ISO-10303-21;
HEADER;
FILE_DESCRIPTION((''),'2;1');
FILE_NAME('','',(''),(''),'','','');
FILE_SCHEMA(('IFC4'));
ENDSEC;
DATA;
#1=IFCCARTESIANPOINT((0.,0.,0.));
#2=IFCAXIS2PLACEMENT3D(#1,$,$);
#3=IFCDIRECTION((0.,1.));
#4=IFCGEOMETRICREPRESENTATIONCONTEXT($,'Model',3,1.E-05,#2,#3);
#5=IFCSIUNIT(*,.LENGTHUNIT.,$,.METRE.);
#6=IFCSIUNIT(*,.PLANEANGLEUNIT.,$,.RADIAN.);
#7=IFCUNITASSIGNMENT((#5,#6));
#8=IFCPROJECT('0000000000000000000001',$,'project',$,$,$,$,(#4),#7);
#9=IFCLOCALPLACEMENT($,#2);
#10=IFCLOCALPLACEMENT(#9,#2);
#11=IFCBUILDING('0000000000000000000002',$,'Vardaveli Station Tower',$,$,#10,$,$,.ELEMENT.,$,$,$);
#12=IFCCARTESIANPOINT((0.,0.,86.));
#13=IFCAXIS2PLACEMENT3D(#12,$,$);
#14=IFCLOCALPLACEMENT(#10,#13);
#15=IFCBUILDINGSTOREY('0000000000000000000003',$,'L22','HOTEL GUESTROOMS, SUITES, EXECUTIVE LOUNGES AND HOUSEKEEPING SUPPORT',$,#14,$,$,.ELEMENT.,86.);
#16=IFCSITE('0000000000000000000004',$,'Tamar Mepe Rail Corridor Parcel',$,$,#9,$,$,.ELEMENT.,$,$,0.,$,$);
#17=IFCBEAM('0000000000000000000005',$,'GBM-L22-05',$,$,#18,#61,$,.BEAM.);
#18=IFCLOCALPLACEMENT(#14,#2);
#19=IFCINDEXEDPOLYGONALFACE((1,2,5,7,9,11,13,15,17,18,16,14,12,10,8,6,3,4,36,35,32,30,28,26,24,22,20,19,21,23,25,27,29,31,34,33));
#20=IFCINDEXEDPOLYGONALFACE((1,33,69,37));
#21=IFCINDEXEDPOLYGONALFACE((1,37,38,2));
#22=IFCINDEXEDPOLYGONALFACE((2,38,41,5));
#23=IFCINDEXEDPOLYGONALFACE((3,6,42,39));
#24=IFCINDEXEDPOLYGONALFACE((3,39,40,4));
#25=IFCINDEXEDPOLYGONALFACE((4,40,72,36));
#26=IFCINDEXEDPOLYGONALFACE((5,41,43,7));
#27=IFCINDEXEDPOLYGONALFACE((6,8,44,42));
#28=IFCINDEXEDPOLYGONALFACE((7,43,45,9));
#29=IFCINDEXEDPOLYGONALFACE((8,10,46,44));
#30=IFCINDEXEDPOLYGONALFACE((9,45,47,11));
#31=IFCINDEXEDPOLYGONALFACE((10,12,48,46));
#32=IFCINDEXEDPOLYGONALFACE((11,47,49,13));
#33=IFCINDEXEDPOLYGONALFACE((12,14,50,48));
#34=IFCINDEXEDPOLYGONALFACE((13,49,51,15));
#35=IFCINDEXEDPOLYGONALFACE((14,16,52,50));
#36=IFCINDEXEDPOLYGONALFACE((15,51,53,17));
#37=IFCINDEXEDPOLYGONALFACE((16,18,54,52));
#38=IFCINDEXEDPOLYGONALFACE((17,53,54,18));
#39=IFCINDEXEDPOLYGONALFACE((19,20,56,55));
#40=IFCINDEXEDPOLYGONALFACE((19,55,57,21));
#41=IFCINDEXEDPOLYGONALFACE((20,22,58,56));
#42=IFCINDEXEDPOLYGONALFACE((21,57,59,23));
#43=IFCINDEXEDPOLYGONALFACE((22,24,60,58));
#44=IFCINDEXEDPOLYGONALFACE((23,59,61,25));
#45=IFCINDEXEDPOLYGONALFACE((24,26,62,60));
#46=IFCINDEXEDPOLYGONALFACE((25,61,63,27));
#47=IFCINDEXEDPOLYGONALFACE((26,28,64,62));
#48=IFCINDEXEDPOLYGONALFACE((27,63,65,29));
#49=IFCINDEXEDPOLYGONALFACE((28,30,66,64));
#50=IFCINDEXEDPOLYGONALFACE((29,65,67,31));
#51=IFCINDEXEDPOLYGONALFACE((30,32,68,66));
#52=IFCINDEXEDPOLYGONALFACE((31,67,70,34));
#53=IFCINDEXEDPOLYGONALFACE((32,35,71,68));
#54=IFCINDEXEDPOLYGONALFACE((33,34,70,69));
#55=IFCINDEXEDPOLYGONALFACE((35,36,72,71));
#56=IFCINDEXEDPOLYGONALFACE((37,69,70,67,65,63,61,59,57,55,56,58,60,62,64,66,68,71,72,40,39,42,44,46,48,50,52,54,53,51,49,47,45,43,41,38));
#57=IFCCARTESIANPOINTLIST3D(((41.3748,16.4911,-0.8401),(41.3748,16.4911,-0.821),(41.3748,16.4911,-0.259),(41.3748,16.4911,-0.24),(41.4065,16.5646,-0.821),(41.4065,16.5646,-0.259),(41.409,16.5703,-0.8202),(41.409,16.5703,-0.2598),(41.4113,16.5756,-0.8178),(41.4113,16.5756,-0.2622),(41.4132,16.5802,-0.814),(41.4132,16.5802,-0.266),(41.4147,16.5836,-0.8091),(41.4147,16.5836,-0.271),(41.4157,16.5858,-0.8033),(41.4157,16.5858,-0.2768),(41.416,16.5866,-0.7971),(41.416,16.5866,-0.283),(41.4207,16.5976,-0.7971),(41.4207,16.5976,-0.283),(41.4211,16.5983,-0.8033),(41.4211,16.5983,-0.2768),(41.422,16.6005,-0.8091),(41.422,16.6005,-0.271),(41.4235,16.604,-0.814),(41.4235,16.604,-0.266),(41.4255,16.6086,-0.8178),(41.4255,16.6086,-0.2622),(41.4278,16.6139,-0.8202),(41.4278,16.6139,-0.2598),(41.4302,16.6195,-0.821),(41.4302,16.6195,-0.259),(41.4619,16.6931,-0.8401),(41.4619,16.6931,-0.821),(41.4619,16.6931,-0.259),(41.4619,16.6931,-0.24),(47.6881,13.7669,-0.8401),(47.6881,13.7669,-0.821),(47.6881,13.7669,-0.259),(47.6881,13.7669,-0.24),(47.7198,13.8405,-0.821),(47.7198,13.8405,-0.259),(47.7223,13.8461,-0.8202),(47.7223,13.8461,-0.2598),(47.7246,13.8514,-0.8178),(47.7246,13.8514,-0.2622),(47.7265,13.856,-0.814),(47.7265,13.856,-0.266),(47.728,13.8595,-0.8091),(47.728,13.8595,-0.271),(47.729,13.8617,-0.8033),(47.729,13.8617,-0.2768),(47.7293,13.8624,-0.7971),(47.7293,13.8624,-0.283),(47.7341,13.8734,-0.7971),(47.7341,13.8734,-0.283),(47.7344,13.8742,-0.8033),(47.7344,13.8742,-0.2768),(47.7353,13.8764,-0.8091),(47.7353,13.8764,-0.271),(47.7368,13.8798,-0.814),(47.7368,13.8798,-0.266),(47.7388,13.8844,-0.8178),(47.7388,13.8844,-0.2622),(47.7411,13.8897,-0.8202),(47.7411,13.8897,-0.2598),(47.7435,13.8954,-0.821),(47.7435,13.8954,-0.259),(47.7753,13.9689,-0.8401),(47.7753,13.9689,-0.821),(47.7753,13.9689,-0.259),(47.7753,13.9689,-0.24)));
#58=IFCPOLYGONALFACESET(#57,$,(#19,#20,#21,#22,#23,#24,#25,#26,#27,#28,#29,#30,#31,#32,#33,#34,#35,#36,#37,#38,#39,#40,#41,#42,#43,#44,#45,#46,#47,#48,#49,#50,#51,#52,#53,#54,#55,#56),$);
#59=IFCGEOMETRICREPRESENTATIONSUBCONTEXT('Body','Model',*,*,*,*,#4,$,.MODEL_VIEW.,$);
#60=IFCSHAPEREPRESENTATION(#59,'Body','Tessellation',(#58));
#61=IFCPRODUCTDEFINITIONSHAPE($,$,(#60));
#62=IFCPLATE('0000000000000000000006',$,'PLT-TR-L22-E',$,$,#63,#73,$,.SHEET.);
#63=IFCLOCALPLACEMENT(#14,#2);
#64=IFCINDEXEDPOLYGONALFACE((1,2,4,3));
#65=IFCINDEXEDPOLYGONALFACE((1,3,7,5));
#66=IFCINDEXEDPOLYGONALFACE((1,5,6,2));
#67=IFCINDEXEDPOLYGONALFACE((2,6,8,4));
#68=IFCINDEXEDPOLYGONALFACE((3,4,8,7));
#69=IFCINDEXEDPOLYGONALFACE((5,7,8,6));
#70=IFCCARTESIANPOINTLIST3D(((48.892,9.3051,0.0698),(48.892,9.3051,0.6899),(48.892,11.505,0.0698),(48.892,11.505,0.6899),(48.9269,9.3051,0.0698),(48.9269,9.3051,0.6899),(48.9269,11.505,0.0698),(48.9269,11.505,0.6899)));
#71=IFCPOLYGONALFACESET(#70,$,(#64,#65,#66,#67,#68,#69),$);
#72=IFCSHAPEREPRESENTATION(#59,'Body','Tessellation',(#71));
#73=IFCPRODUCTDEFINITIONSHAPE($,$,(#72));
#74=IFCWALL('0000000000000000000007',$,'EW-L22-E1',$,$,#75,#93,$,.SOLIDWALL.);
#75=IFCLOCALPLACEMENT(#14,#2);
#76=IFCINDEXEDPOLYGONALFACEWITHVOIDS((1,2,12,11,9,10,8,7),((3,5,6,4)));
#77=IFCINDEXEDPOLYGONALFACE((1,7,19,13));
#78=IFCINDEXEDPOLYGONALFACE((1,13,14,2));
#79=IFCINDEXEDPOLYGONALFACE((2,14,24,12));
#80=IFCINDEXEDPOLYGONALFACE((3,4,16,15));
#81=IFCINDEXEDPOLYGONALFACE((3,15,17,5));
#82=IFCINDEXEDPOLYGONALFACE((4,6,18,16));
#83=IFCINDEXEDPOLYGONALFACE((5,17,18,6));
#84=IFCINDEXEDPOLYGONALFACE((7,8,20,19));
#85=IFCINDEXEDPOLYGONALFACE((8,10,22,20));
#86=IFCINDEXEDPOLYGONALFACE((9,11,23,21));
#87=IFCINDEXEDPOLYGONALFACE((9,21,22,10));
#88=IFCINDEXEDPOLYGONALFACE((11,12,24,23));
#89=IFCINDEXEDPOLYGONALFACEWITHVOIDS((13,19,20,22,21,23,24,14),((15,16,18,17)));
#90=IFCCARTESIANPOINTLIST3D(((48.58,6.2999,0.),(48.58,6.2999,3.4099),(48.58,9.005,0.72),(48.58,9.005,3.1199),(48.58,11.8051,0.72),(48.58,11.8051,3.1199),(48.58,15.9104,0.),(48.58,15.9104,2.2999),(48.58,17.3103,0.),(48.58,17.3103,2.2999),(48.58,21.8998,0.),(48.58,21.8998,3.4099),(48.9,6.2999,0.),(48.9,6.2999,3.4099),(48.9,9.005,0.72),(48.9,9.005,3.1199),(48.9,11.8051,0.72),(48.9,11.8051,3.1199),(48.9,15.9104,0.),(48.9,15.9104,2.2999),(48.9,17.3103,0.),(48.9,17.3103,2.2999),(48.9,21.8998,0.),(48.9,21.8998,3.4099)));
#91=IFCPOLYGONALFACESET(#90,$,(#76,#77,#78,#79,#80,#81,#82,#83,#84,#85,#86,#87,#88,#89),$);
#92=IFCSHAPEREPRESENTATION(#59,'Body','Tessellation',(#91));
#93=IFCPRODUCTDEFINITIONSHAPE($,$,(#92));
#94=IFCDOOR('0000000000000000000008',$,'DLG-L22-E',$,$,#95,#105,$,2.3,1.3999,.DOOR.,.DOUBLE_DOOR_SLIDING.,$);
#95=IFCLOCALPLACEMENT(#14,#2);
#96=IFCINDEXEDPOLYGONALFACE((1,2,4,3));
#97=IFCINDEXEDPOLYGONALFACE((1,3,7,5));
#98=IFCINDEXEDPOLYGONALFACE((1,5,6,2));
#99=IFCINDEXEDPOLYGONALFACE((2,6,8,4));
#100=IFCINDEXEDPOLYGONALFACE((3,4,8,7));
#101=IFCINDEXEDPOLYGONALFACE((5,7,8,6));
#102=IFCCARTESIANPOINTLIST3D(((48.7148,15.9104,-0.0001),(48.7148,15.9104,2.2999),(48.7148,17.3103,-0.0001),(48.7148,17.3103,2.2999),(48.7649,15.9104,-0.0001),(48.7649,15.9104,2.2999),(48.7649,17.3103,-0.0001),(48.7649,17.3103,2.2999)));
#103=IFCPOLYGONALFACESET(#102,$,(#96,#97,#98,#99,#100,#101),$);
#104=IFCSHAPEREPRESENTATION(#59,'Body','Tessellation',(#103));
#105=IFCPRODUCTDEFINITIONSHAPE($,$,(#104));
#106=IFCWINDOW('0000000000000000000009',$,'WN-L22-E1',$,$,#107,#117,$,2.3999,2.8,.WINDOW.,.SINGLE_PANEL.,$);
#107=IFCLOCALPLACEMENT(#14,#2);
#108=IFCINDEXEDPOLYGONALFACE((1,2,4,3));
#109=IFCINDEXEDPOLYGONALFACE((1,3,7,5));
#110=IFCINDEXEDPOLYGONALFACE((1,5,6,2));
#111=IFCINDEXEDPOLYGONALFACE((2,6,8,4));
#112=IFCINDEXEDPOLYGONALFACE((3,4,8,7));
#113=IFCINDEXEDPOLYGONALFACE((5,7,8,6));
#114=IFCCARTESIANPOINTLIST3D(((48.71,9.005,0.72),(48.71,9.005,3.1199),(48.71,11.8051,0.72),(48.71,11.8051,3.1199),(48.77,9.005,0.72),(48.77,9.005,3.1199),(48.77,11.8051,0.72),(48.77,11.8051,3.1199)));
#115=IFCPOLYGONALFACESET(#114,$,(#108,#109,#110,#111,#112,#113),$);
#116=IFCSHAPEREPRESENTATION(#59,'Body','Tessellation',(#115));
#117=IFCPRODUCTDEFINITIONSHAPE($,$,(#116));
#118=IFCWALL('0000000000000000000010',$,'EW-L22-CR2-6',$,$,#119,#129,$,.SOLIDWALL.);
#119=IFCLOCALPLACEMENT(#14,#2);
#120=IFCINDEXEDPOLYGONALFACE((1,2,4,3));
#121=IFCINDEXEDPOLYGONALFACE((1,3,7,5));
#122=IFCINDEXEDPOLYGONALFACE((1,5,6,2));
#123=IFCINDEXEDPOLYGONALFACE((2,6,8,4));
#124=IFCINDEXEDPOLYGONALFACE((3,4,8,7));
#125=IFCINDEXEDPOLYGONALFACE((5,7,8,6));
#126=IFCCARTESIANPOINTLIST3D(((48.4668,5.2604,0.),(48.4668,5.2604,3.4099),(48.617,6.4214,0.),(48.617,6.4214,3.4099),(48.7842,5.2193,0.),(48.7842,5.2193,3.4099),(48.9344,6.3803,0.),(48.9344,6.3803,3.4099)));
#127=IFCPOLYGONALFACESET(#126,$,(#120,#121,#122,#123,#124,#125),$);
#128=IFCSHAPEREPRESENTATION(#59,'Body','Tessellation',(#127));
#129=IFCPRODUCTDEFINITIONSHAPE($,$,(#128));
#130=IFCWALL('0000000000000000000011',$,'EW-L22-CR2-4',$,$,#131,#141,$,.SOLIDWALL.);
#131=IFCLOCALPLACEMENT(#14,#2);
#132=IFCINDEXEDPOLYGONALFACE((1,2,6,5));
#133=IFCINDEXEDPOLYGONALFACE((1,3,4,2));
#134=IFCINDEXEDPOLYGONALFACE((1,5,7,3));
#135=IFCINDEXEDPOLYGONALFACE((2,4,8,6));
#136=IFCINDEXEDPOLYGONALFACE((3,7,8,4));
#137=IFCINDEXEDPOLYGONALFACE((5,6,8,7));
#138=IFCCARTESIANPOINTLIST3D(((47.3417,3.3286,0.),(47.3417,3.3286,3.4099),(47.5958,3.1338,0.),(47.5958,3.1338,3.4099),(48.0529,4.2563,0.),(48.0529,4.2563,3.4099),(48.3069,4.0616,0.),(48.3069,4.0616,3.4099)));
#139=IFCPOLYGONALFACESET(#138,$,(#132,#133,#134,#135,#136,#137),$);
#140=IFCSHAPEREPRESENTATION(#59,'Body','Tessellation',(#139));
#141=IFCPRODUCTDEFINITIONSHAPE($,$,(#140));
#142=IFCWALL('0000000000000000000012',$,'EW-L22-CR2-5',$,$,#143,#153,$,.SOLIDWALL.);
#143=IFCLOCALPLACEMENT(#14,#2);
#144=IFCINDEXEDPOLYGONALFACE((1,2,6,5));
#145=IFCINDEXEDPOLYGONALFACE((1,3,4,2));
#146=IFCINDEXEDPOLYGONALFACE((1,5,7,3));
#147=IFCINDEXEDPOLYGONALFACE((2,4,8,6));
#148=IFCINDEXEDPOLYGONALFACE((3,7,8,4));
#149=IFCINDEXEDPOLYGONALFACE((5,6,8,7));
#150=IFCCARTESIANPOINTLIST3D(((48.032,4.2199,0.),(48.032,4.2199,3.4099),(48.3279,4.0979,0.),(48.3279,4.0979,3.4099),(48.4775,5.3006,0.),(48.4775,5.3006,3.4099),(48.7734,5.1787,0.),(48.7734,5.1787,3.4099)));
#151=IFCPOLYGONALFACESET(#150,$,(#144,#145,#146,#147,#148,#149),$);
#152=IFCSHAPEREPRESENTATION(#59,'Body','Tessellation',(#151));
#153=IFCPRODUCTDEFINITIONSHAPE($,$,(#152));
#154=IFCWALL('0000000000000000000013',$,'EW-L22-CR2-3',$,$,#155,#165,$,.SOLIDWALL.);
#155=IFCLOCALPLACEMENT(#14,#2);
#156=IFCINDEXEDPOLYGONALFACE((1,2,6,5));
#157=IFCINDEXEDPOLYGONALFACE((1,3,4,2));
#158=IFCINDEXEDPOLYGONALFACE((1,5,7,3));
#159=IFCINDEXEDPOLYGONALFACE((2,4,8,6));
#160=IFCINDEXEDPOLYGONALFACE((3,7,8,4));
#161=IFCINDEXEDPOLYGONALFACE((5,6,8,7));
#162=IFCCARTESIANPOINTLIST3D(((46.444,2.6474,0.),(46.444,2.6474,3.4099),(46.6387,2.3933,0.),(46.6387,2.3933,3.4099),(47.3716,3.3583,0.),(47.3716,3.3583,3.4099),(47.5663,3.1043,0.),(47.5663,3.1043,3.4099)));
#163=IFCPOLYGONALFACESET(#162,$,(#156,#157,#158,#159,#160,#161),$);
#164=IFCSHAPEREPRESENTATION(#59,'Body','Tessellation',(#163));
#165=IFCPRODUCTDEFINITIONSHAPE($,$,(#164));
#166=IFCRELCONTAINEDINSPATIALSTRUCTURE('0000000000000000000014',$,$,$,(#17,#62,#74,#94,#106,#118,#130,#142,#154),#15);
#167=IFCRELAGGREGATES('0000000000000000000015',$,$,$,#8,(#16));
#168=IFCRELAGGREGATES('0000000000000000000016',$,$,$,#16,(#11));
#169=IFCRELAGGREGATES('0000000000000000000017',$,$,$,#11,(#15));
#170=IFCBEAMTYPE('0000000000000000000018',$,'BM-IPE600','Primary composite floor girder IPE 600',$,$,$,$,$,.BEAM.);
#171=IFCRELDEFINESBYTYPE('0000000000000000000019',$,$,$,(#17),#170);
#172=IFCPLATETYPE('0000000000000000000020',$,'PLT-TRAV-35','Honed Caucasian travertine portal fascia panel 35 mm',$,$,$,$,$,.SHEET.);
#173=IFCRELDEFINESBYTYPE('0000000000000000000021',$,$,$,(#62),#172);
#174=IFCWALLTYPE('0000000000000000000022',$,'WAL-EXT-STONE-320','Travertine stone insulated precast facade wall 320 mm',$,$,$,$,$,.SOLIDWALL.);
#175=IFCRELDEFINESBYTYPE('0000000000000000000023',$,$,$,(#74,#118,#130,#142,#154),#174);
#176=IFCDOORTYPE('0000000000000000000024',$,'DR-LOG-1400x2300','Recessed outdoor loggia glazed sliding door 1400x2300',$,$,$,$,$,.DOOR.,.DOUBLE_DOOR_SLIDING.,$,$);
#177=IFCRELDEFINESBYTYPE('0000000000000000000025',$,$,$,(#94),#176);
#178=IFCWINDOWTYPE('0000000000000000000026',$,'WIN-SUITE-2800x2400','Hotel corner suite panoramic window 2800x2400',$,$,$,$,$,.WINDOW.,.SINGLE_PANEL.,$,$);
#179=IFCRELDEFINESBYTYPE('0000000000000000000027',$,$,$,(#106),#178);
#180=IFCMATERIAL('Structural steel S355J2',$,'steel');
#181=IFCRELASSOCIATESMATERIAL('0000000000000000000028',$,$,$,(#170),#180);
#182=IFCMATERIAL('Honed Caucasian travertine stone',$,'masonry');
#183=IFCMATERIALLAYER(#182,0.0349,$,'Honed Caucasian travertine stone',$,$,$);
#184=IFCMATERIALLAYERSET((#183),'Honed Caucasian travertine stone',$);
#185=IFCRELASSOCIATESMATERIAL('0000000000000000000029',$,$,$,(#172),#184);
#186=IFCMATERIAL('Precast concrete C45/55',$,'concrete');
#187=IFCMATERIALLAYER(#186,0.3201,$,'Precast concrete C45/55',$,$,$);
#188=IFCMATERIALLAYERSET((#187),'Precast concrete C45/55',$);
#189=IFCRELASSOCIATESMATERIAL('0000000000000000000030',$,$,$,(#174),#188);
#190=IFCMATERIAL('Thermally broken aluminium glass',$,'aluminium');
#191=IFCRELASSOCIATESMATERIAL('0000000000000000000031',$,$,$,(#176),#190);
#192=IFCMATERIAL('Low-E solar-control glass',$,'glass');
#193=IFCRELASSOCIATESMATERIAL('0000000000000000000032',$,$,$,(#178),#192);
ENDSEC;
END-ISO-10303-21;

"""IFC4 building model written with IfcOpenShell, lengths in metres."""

from ifc_helpers import new_model, si_unit, direction, frame, frame_2d, origin, origin_2d, place, context, subcontext, project, spatial, rectangle, i_section, extrude, source, transform, mapped, material, layer, layer_set, material_profile, profile_set, type_object, element, fill, save


model = new_model("IFC4")

# Units and contexts
model_context = context("Model", 3, precision=1e-05, world=origin(), true_north=direction((0.0, 1.0)))
body_context = subcontext(model_context, "Body", "Model", "MODEL_VIEW")
ifc_project = project(units=[si_unit("LENGTHUNIT", "METRE"), si_unit("PLANEANGLEUNIT", "RADIAN")], contexts=[model_context])

# Site, building, storey
site_placement = place(None, origin())
site = spatial("IfcSite", under=ifc_project, at=site_placement, Name="Tamar Mepe Rail Corridor Parcel", CompositionType="ELEMENT", RefElevation=0.0)
building_placement = place(site_placement, origin())
building = spatial("IfcBuilding", under=site, at=building_placement, Name="Vardaveli Station Tower", CompositionType="ELEMENT")
storey_placement = place(building_placement, frame((0.0, 0.0, 86.0)))
storey = spatial("IfcBuildingStorey", under=building, at=storey_placement, Name="L22", Description="HOTEL GUESTROOMS, SUITES, EXECUTIVE LOUNGES AND HOUSEKEEPING SUPPORT", CompositionType="ELEMENT", Elevation=86.0)

# Beam
ifc_material_1 = material(Name="Precast concrete C45/55", Category="concrete")
ifc_material_2 = material(Name="Structural steel S355J2", Category="steel")
ifc_material_profile_1 = material_profile(ifc_material_2, i_section(OverallWidth=0.22, OverallDepth=0.6001, WebThickness=0.012, FlangeThickness=0.019, FilletRadius=0.0239, at=origin_2d()), Name="IPE 600")
ifc_profile_set_1 = profile_set([ifc_material_profile_1], Name="Structural steel S355J2")
beam_type_1 = type_object("IfcBeamType", Name="BM-IPE600", Description="Primary composite floor girder IPE 600", PredefinedType="BEAM", material=ifc_profile_set_1)
shared_shape_1 = source(origin(), body_context, "Body", "SweptSolid", [
    extrude(i_section(OverallWidth=0.22, OverallDepth=0.6001, WebThickness=0.012, FlangeThickness=0.019, FilletRadius=0.0239, at=origin_2d()), origin(), (0.0, 0.0, 1.0), 6.876),
])
beam_1_placement = place(storey_placement, frame((47.7317, 13.8679, -0.54), z_axis=(-0.918171, 0.396185, 0.0), x_axis=(-0.396185, -0.918171, 0.0)))
element("IfcBeam", 1, at=beam_1_placement, inside=storey, type_object=beam_type_1, Name="GBM-L22-05", PredefinedType="BEAM", context=body_context, shape_type="MappedRepresentation", body=[
    mapped(shared_shape_1, transform((0.0, 0.0, 0.0), scale=1.0)),
])

# Plate
ifc_material_3 = material(Name="Honed Caucasian travertine stone", Category="masonry")
ifc_layer_1 = layer(ifc_material_3, 0.0349, Name="Honed Caucasian travertine stone")
ifc_layer_set_1 = layer_set([ifc_layer_1], Name="Honed Caucasian travertine stone")
plate_type = type_object("IfcPlateType", Name="PLT-TRAV-35", Description="Honed Caucasian travertine portal fascia panel 35 mm", PredefinedType="SHEET", material=ifc_layer_set_1)
shared_shape_2 = source(origin(), body_context, "Body", "SweptSolid", [
    extrude(rectangle(XDim=2.2, YDim=0.0349, at=origin_2d()), origin(), (0.0, 0.0, 1.0), 0.6201),
])
plate_placement = place(storey_placement, frame((48.9094, 10.405, 0.0698), z_axis=(0.0, 0.0, 1.0), x_axis=(0.0, 1.0, 0.0)))
element("IfcPlate", 2, at=plate_placement, inside=storey, type_object=plate_type, Name="PLT-TR-L22-E", PredefinedType="SHEET", context=body_context, shape_type="MappedRepresentation", body=[
    mapped(shared_shape_2, transform((0.0, 0.0, 0.0), scale=1.0)),
])

# Wall, openings, door, window
ifc_layer_2 = layer(ifc_material_1, 0.3201, Name="Precast concrete C45/55")
ifc_layer_set_2 = layer_set([ifc_layer_2], Name="Precast concrete C45/55")
wall_type_1 = type_object("IfcWallType", Name="WAL-EXT-STONE-320", Description="Travertine stone insulated precast facade wall 320 mm", PredefinedType="SOLIDWALL", material=ifc_layer_set_2)
shared_shape_3 = source(origin(), body_context, "Body", "SweptSolid", [
    extrude(rectangle(XDim=15.5999, YDim=0.3201, at=frame_2d((7.7998, 0.0))), origin(), (0.0, 0.0, 1.0), 3.4099),
])
wall_1_placement = place(storey_placement, frame((48.74, 6.3, 0.0), z_axis=(0.0, 0.0, 1.0), x_axis=(0.0, 1.0, 0.0)))
wall_1 = element("IfcWall", 3, at=wall_1_placement, inside=storey, type_object=wall_type_1, Name="EW-L22-E1", PredefinedType="SOLIDWALL", context=body_context, shape_type="MappedRepresentation", body=[
    mapped(shared_shape_3, transform((0.0, 0.0, 0.0), scale=1.0)),
])
shared_shape_4 = source(origin(), body_context, "Body", "SweptSolid", [
    extrude(rectangle(XDim=1.3999, YDim=2.3, at=frame_2d((0.7, 1.1499))), frame((0.0, 0.1699, 0.0), z_axis=(0.0, -1.0, 0.0), x_axis=(1.0, 0.0, 0.0)), (0.0, 0.0, 1.0), 0.3401),
])
opening_1_placement = place(wall_1_placement, frame((9.6104, 0.0, 0.0)))
opening_1 = element("IfcOpeningElement", 4, at=opening_1_placement, cuts=wall_1, PredefinedType="OPENING", context=body_context, shape_type="MappedRepresentation", body=[
    mapped(shared_shape_4, transform((0.0, 0.0, 0.0), scale=1.0)),
])
shared_shape_5 = source(origin(), body_context, "Body", "SweptSolid", [
    extrude(rectangle(XDim=2.8, YDim=2.3999, at=frame_2d((1.3999, 1.2))), frame((0.0, 0.1699, 0.0), z_axis=(0.0, -1.0, 0.0), x_axis=(1.0, 0.0, 0.0)), (0.0, 0.0, 1.0), 0.3401),
])
opening_2_placement = place(wall_1_placement, frame((2.7051, 0.0, 0.72)))
opening_2 = element("IfcOpeningElement", 5, at=opening_2_placement, cuts=wall_1, PredefinedType="OPENING", context=body_context, shape_type="MappedRepresentation", body=[
    mapped(shared_shape_5, transform((0.0, 0.0, 0.0), scale=1.0)),
])
ifc_material_4 = material(Name="Thermally broken aluminium glass", Category="aluminium")
door_type_1 = type_object("IfcDoorType", Name="DR-LOG-1400x2300", Description="Recessed outdoor loggia glazed sliding door 1400x2300", OperationType="DOUBLE_DOOR_SLIDING", PredefinedType="DOOR", material=ifc_material_4)
shared_shape_6 = source(origin(), body_context, "Body", "SweptSolid", [
    extrude(rectangle(XDim=1.3999, YDim=2.3, at=frame_2d((0.7, 1.1499))), frame((0.0, 0.0249, 0.0), z_axis=(0.0, -1.0, 0.0), x_axis=(1.0, 0.0, 0.0)), (0.0, 0.0, 1.0), 0.05),
])
door_1_placement = place(opening_1_placement, frame((1.3999, 0.0, 0.0), z_axis=(0.0, 0.0, 1.0), x_axis=(-1.0, 0.0, 0.0)))
door_1 = element("IfcDoor", 6, at=door_1_placement, inside=storey, type_object=door_type_1, Name="DLG-L22-E", OperationType="DOUBLE_DOOR_SLIDING", OverallHeight=2.3, OverallWidth=1.3999, PredefinedType="DOOR", context=body_context, shape_type="MappedRepresentation", body=[
    mapped(shared_shape_6, transform((0.0, 0.0, 0.0), scale=1.0)),
])
fill(opening_1, door_1)
ifc_material_5 = material(Name="Low-E solar-control glass", Category="glass")
window_type = type_object("IfcWindowType", Name="WIN-SUITE-2800x2400", Description="Hotel corner suite panoramic window 2800x2400", PartitioningType="SINGLE_PANEL", PredefinedType="WINDOW", material=ifc_material_5)
shared_shape_7 = source(origin(), body_context, "Body", "SweptSolid", [
    extrude(rectangle(XDim=2.8, YDim=2.3999, at=frame_2d((1.3999, 1.2))), frame((0.0, 0.03, 0.0), z_axis=(0.0, -1.0, 0.0), x_axis=(1.0, 0.0, 0.0)), (0.0, 0.0, 1.0), 0.0601),
])
window_placement = place(opening_2_placement, origin())
window = element("IfcWindow", 7, at=window_placement, inside=storey, type_object=window_type, Name="WN-L22-E1", OverallHeight=2.3999, OverallWidth=2.8, PartitioningType="SINGLE_PANEL", PredefinedType="WINDOW", context=body_context, shape_type="MappedRepresentation", body=[
    mapped(shared_shape_7, transform((0.0, 0.0, 0.0), scale=1.0)),
])
fill(opening_2, window)

# Walls
shared_shape_8 = source(origin(), body_context, "Body", "SweptSolid", [
    extrude(rectangle(XDim=1.1707, YDim=0.3201, at=frame_2d((0.5854, 0.0))), origin(), (0.0, 0.0, 1.0), 3.4099),
])
wall_2_placement = place(storey_placement, frame((48.6255, 5.2397, 0.0), z_axis=(0.0, 0.0, 1.0), x_axis=(0.128269, 0.991739, 0.0)))
element("IfcWall", 8, at=wall_2_placement, inside=storey, type_object=wall_type_1, Name="EW-L22-CR2-6", PredefinedType="SOLIDWALL", context=body_context, shape_type="MappedRepresentation", body=[
    mapped(shared_shape_8, transform((0.0, 0.0, 0.0), scale=1.0)),
])
shared_shape_9 = source(origin(), body_context, "Body", "SweptSolid", [
    extrude(rectangle(XDim=1.1689, YDim=0.3201, at=frame_2d((0.5845, 0.0))), origin(), (0.0, 0.0, 1.0), 3.4099),
])
for number, where, z_axis, x_axis, name in (
    (9, (47.4688, 3.2312, 0.0), (0.0, 0.0, 1.0), (0.608388, 0.79364, 0.0), "EW-L22-CR2-4"),
    (10, (48.1799, 4.1589, 0.0), (0.0, 0.0, 1.0), (0.381128, 0.924522, 0.0), "EW-L22-CR2-5"),
):
    element("IfcWall", number, at=place(storey_placement, frame(where, z_axis=z_axis, x_axis=x_axis)), inside=storey, type_object=wall_type_1, Name=name, PredefinedType="SOLIDWALL", context=body_context, shape_type="MappedRepresentation", body=[
        mapped(shared_shape_9, transform((0.0, 0.0, 0.0), scale=1.0)),
    ])
shared_shape_10 = source(origin(), body_context, "Body", "SweptSolid", [
    extrude(rectangle(XDim=1.1687, YDim=0.3201, at=frame_2d((0.5845, 0.0))), origin(), (0.0, 0.0, 1.0), 3.4099),
])
wall_3_placement = place(storey_placement, frame((46.5413, 2.5203, 0.0), z_axis=(0.0, 0.0, 1.0), x_axis=(0.793664, 0.608357, 0.0)))
element("IfcWall", 11, at=wall_3_placement, inside=storey, type_object=wall_type_1, Name="EW-L22-CR2-3", PredefinedType="SOLIDWALL", context=body_context, shape_type="MappedRepresentation", body=[
    mapped(shared_shape_10, transform((0.0, 0.0, 0.0), scale=1.0)),
])

save(model, "model.ifc")
